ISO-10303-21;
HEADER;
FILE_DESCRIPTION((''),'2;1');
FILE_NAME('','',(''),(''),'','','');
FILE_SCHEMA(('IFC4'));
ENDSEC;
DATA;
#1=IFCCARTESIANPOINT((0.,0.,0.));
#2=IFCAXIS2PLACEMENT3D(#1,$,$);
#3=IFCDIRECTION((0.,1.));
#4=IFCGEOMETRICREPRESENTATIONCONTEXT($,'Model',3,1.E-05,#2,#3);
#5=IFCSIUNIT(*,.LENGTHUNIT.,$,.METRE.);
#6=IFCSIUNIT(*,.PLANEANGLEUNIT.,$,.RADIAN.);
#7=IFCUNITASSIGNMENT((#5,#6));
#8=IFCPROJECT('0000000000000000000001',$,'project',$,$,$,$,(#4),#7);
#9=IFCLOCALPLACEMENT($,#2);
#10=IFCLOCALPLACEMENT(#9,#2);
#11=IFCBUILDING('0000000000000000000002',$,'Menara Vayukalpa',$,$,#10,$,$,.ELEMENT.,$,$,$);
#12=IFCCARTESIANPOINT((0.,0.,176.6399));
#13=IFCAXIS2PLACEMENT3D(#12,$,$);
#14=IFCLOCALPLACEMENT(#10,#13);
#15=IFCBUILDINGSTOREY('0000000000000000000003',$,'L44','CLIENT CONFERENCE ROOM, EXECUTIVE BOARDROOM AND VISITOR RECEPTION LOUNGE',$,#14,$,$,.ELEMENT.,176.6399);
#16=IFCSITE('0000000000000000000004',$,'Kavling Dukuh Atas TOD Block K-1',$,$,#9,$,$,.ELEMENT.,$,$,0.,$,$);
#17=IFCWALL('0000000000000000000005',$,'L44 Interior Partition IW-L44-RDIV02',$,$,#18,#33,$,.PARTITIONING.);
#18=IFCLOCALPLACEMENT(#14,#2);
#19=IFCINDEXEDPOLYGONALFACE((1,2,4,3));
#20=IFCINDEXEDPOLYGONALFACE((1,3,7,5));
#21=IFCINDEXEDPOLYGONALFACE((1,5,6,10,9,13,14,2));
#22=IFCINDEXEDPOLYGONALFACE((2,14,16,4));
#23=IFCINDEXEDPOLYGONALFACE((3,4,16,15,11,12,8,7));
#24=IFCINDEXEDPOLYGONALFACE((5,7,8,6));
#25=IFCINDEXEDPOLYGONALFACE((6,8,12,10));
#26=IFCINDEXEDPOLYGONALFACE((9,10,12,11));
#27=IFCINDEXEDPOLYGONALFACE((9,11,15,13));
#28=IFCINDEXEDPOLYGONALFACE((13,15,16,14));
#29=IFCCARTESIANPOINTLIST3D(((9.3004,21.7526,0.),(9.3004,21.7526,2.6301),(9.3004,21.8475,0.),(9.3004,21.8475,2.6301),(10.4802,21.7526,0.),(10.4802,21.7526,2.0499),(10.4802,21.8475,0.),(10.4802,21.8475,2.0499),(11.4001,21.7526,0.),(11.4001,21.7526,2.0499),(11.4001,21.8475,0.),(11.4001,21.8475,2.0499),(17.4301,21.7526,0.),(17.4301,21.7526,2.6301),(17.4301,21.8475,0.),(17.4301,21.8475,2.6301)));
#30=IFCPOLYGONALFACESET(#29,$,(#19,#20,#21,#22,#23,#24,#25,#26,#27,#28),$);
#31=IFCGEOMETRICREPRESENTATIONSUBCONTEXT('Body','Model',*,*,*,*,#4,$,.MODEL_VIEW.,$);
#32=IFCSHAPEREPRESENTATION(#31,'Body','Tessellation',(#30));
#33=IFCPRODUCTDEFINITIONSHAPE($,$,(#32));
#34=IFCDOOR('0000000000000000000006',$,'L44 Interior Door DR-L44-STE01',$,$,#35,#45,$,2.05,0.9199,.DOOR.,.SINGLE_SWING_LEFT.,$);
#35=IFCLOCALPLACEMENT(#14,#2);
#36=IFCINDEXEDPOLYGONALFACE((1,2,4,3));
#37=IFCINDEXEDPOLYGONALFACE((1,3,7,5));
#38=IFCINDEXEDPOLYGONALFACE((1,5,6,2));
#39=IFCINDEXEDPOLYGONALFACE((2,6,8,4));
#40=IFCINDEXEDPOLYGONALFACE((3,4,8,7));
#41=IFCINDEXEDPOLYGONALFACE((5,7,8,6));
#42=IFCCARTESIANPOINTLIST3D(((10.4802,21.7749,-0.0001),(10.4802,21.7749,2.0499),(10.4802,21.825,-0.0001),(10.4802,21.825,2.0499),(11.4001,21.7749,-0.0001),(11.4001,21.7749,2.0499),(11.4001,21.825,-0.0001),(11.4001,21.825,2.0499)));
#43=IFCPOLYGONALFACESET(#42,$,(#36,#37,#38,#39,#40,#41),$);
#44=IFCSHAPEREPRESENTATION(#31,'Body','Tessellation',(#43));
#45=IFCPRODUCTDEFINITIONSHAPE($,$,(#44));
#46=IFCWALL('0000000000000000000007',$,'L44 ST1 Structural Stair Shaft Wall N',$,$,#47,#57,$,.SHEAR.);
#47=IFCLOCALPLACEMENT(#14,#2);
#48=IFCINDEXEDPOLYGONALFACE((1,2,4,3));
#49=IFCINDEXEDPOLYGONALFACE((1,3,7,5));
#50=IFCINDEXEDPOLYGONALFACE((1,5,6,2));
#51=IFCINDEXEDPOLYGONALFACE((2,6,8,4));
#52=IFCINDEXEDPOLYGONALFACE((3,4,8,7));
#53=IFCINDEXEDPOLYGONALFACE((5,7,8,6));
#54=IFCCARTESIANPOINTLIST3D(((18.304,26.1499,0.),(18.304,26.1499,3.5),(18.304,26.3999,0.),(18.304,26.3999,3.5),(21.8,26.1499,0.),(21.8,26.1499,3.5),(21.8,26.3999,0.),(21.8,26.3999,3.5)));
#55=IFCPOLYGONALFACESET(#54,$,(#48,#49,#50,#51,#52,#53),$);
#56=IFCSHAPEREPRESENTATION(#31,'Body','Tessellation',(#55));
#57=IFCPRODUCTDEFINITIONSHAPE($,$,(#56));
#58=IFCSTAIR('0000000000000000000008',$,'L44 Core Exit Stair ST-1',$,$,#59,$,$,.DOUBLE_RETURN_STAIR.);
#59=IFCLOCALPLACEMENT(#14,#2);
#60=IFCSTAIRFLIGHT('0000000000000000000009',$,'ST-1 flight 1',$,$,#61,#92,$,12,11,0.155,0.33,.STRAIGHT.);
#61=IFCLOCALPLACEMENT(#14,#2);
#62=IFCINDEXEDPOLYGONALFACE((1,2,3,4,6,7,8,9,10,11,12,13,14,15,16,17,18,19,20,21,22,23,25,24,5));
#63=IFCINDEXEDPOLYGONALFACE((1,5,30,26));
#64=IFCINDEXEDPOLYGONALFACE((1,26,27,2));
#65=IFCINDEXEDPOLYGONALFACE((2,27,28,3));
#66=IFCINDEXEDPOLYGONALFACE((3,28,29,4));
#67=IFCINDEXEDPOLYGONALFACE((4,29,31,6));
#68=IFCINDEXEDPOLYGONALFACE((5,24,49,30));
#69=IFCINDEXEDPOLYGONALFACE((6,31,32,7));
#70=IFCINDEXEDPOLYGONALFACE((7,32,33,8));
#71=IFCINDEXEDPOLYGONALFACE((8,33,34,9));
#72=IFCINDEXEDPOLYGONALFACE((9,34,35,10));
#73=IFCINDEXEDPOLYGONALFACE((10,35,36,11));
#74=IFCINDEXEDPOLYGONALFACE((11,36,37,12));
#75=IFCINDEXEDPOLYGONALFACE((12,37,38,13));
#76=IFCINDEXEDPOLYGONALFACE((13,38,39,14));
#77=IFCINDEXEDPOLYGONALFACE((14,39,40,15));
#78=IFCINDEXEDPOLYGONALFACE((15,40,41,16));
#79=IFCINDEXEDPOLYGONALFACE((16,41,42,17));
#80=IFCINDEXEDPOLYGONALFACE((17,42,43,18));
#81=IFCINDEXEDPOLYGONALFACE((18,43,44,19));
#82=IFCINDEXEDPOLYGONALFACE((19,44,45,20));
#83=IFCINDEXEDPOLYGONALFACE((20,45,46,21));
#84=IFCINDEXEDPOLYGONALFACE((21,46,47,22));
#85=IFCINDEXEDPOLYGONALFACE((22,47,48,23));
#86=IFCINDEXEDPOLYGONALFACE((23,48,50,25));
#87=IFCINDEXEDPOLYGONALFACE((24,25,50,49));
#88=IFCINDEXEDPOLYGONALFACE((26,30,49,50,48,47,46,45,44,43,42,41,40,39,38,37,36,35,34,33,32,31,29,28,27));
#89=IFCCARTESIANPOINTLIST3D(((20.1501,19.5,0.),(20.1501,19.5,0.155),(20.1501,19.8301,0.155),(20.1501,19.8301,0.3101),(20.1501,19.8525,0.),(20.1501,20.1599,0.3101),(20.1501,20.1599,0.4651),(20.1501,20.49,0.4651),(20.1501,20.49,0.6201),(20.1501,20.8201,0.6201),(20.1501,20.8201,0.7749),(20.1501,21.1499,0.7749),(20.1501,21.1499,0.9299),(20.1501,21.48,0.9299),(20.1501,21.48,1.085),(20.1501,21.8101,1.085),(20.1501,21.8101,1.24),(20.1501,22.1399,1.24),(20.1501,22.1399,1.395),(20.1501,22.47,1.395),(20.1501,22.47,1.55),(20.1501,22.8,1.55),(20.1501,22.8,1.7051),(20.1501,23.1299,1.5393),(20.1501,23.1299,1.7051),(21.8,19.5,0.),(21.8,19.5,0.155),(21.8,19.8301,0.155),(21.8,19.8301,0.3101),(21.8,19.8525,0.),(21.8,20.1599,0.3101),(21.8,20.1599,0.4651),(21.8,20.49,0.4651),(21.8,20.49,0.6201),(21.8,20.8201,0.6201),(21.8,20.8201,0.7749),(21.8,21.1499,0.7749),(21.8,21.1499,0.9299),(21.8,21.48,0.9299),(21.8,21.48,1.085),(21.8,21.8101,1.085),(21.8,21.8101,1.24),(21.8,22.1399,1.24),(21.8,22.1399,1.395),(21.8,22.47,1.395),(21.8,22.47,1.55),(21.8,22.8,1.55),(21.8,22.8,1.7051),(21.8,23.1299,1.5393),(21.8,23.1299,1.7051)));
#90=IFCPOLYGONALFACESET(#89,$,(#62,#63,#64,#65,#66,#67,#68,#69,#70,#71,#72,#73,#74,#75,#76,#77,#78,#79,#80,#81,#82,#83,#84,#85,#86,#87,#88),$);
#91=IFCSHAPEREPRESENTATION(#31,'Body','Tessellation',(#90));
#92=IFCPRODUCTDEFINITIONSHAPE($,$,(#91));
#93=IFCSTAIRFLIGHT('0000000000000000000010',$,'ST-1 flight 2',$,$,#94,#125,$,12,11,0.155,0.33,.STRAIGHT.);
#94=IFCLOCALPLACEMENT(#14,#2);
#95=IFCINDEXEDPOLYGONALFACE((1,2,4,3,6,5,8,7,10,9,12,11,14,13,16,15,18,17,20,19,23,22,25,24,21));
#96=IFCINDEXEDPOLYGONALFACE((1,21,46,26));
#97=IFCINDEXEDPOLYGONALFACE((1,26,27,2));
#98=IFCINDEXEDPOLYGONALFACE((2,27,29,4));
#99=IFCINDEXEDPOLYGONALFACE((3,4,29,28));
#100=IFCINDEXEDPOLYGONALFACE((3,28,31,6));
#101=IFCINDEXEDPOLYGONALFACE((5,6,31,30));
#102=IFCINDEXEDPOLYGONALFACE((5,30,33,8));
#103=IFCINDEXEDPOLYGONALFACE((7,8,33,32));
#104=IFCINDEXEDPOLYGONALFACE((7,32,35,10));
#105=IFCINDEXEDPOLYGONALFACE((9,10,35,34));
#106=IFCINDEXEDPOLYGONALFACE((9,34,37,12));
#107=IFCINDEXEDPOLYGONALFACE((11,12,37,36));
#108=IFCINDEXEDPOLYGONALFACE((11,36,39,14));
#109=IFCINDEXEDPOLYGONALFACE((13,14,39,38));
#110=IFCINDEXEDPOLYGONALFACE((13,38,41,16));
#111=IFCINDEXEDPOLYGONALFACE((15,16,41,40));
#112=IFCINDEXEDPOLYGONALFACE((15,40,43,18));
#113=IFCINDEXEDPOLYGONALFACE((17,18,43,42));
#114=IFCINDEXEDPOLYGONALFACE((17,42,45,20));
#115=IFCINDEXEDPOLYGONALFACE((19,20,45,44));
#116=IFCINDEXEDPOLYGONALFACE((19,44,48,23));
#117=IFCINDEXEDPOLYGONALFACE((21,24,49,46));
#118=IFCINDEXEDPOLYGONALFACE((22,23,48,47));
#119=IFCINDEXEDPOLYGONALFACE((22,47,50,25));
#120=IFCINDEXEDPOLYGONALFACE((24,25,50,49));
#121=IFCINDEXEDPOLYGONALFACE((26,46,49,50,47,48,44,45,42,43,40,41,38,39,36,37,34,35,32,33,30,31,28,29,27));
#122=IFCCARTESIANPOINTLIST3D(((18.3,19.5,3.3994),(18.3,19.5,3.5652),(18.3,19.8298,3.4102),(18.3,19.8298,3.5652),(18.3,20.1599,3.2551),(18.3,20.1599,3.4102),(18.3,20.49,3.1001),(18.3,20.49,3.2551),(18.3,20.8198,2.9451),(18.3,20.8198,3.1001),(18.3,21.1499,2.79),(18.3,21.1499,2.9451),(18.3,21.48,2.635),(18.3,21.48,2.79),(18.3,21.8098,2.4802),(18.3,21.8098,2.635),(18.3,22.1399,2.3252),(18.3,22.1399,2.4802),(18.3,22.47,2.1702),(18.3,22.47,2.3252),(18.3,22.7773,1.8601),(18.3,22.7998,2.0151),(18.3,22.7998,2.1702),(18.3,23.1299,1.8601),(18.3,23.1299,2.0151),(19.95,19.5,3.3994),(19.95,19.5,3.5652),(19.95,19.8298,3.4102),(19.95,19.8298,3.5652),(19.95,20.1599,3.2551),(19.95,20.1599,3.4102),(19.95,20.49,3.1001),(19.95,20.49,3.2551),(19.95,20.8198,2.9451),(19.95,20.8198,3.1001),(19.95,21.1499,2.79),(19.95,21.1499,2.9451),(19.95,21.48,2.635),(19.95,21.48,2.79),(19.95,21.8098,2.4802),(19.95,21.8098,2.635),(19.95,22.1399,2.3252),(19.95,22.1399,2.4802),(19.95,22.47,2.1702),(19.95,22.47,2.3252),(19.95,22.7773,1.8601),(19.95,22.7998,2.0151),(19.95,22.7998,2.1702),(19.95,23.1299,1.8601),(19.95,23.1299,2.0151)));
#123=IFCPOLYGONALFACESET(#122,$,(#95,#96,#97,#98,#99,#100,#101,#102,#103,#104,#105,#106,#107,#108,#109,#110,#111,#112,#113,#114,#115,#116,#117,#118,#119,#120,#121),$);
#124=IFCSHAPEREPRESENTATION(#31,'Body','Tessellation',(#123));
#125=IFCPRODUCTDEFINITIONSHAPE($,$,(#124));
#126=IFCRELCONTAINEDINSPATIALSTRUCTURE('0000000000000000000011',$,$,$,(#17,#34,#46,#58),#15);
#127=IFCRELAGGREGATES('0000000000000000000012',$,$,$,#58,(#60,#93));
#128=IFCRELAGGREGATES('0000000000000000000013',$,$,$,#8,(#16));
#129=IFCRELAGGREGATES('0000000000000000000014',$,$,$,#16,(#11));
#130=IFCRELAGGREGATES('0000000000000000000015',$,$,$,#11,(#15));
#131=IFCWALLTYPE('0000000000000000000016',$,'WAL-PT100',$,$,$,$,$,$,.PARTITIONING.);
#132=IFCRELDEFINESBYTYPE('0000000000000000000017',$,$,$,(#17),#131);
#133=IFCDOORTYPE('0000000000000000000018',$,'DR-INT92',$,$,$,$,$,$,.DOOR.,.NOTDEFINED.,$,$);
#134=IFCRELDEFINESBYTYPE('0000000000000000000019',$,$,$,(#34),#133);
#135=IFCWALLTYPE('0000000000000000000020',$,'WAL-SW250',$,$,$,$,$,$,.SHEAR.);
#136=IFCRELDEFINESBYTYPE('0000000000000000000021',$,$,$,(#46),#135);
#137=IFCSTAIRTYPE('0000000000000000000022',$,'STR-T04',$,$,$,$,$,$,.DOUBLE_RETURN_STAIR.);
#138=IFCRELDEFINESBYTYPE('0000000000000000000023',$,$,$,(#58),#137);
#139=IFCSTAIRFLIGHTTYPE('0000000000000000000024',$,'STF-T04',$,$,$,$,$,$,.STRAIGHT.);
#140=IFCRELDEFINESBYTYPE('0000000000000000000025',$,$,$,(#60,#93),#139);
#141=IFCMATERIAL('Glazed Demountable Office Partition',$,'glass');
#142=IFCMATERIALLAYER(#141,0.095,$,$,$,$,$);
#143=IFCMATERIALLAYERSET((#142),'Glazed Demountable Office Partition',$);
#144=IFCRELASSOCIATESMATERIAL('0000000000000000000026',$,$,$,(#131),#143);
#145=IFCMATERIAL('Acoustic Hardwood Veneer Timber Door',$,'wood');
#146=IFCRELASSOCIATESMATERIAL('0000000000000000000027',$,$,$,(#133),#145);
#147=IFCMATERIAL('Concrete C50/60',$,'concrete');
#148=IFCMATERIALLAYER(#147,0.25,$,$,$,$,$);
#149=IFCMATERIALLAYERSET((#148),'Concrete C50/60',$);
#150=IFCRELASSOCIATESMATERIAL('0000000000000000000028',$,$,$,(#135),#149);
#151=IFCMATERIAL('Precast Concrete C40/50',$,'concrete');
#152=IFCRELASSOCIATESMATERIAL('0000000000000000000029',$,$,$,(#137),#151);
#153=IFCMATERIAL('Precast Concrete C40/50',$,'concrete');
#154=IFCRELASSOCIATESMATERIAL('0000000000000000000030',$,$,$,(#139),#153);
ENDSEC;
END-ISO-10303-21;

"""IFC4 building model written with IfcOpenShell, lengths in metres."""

from ifc_helpers import new_model, si_unit, direction, frame, frame_2d, origin, place, context, subcontext, project, spatial, polyline, rectangle, outline, extrude, material, layer, layer_set, type_object, element, fill, aggregate, save


model = new_model("IFC4")

# Units and contexts
model_context = context("Model", 3, precision=1e-05, world=origin(), true_north=direction((0.0, 1.0)))
body_context = subcontext(model_context, "Body", "Model", "MODEL_VIEW")
ifc_project = project(units=[si_unit("LENGTHUNIT", "METRE"), si_unit("PLANEANGLEUNIT", "RADIAN")], contexts=[model_context])

# Site, building, storey
site_placement = place(None, origin())
site = spatial("IfcSite", under=ifc_project, at=site_placement, Name="Kavling Dukuh Atas TOD Block K-1", CompositionType="ELEMENT", RefElevation=0.0)
building_placement = place(site_placement, origin())
building = spatial("IfcBuilding", under=site, at=building_placement, Name="Menara Vayukalpa", CompositionType="ELEMENT")
storey_placement = place(building_placement, frame((0.0, 0.0, 176.6399)))
storey = spatial("IfcBuildingStorey", under=building, at=storey_placement, Name="L44", Description="CLIENT CONFERENCE ROOM, EXECUTIVE BOARDROOM AND VISITOR RECEPTION LOUNGE", CompositionType="ELEMENT", Elevation=176.6399)

# Wall, opening, door
ifc_material_1 = material(Name="Glazed Demountable Office Partition", Category="glass")
ifc_layer_1 = layer(ifc_material_1, 0.095)
ifc_layer_set_1 = layer_set([ifc_layer_1], Name="Glazed Demountable Office Partition")
wall_type_1 = type_object("IfcWallType", Name="WAL-PT100", PredefinedType="PARTITIONING", material=ifc_layer_set_1)
wall_1_placement = place(storey_placement, frame((9.3003, 21.8, 0.0), z_axis=(0.0, 0.0, 1.0), x_axis=(1.0, 0.0, 0.0)))
wall_1 = element("IfcWall", 1, at=wall_1_placement, inside=storey, type_object=wall_type_1, Name="L44 Interior Partition IW-L44-RDIV02", PredefinedType="PARTITIONING", context=body_context, shape_type="SweptSolid", body=[
    extrude(rectangle(XDim=8.1296, YDim=0.095, at=frame_2d((4.0649, 0.0))), origin(), (0.0, 0.0, 1.0), 2.6301),
])
opening_1_placement = place(wall_1_placement, frame((1.1799, 0.0, 0.0)))
opening_1 = element("IfcOpeningElement", 2, at=opening_1_placement, cuts=wall_1, PredefinedType="OPENING", context=body_context, shape_type="SweptSolid", body=[
    extrude(rectangle(XDim=0.9199, YDim=2.05, at=frame_2d((0.46, 1.0249))), frame((0.0, 0.0574, 0.0), z_axis=(0.0, -1.0, 0.0), x_axis=(1.0, 0.0, 0.0)), (0.0, 0.0, 1.0), 0.115),
])
ifc_material_2 = material(Name="Acoustic Hardwood Veneer Timber Door", Category="wood")
door_type_1 = type_object("IfcDoorType", Name="DR-INT92", OperationType="NOTDEFINED", PredefinedType="DOOR", material=ifc_material_2)
door_1_placement = place(opening_1_placement, origin())
door_1 = element("IfcDoor", 3, at=door_1_placement, inside=storey, type_object=door_type_1, Name="L44 Interior Door DR-L44-STE01", OperationType="SINGLE_SWING_LEFT", OverallHeight=2.05, OverallWidth=0.9199, PredefinedType="DOOR", context=body_context, shape_type="SweptSolid", body=[
    extrude(rectangle(XDim=0.9199, YDim=2.05, at=frame_2d((0.46, 1.0249))), frame((0.0, 0.0249, 0.0), z_axis=(0.0, -1.0, 0.0), x_axis=(1.0, 0.0, 0.0)), (0.0, 0.0, 1.0), 0.05),
])
fill(opening_1, door_1)

# Wall
ifc_material_3 = material(Name="Concrete C50/60", Category="concrete")
ifc_layer_2 = layer(ifc_material_3, 0.25)
ifc_layer_set_2 = layer_set([ifc_layer_2], Name="Concrete C50/60")
wall_type_2 = type_object("IfcWallType", Name="WAL-SW250", PredefinedType="SHEAR", material=ifc_layer_set_2)
wall_2_placement = place(storey_placement, frame((18.304, 26.2749, 0.0), z_axis=(0.0, 0.0, 1.0), x_axis=(1.0, 0.0, 0.0)))
element("IfcWall", 4, at=wall_2_placement, inside=storey, type_object=wall_type_2, Name="L44 ST1 Structural Stair Shaft Wall N", PredefinedType="SHEAR", context=body_context, shape_type="SweptSolid", body=[
    extrude(rectangle(XDim=3.4961, YDim=0.25, at=frame_2d((1.748, 0.0))), origin(), (0.0, 0.0, 1.0), 3.5),
])

# Stair, stair flights
ifc_material_4 = material(Name="Precast Concrete C40/50", Category="concrete")
stair_type = type_object("IfcStairType", Name="STR-T04", PredefinedType="DOUBLE_RETURN_STAIR", material=ifc_material_4)
stair_placement = place(storey_placement, origin())
stair = element("IfcStair", 5, at=stair_placement, inside=storey, type_object=stair_type, Name="L44 Core Exit Stair ST-1", PredefinedType="DOUBLE_RETURN_STAIR")
ifc_material_5 = material(Name="Precast Concrete C40/50", Category="concrete")
stair_flight_type = type_object("IfcStairFlightType", Name="STF-T04", PredefinedType="STRAIGHT", material=ifc_material_5)
stair_flight_1_placement = place(storey_placement, frame((20.9751, 19.5, 0.0), z_axis=(0.0, 0.0, 1.0), x_axis=(0.0, 1.0, 0.0)))
stair_flight_1 = element("IfcStairFlight", 6, at=stair_flight_1_placement, type_object=stair_flight_type, Name="ST-1 flight 1", NumberOfRisers=12, NumberOfTreads=11, PredefinedType="STRAIGHT", RiserHeight=0.155, TreadLength=0.33, context=body_context, shape_type="SweptSolid", body=[
    extrude(outline(polyline([(0.0, 0.0), (0.0, 0.155), (0.3301, 0.155), (0.3301, 0.3101), (0.6599, 0.3101), (0.6599, 0.4651), (0.99, 0.4651), (0.99, 0.6201), (1.3201, 0.6201), (1.3201, 0.7749), (1.6499, 0.7749), (1.6499, 0.9299), (1.98, 0.9299), (1.98, 1.085), (2.3101, 1.085), (2.3101, 1.24), (2.6399, 1.24), (2.6399, 1.395), (2.97, 1.395), (2.97, 1.55), (3.3, 1.55), (3.3, 1.7051), (3.6299, 1.7051), (3.6299, 1.8601), (3.6299, 1.5393), (0.3525, 0.0), (0.0, 0.0)])), frame((0.0, 0.825, 0.0), z_axis=(0.0, -1.0, 0.0), x_axis=(1.0, 0.0, 0.0)), (0.0, 0.0, 1.0), 1.6499),
])
stair_flight_2_placement = place(storey_placement, frame((19.125, 23.1299, 1.8601), z_axis=(0.0, 0.0, 1.0), x_axis=(0.0, -1.0, 0.0)))
stair_flight_2 = element("IfcStairFlight", 7, at=stair_flight_2_placement, type_object=stair_flight_type, Name="ST-1 flight 2", NumberOfRisers=12, NumberOfTreads=11, PredefinedType="STRAIGHT", RiserHeight=0.155, TreadLength=0.33, context=body_context, shape_type="SweptSolid", body=[
    extrude(outline(polyline([(0.0, 0.0), (0.0, 0.155), (0.3301, 0.155), (0.3301, 0.3101), (0.6599, 0.3101), (0.6599, 0.4651), (0.99, 0.4651), (0.99, 0.6201), (1.3201, 0.6201), (1.3201, 0.7749), (1.6499, 0.7749), (1.6499, 0.9299), (1.98, 0.9299), (1.98, 1.085), (2.3101, 1.085), (2.3101, 1.24), (2.6399, 1.24), (2.6399, 1.395), (2.97, 1.395), (2.97, 1.55), (3.3, 1.55), (3.3, 1.7051), (3.6299, 1.7051), (3.6299, 1.8601), (3.6299, 1.5393), (0.3525, 0.0), (0.0, 0.0)])), frame((0.0, 0.825, 0.0), z_axis=(0.0, -1.0, 0.0), x_axis=(1.0, 0.0, 0.0)), (0.0, 0.0, 1.0), 1.6499),
])
aggregate(stair, [stair_flight_1, stair_flight_2])

save(model, "model.ifc")
